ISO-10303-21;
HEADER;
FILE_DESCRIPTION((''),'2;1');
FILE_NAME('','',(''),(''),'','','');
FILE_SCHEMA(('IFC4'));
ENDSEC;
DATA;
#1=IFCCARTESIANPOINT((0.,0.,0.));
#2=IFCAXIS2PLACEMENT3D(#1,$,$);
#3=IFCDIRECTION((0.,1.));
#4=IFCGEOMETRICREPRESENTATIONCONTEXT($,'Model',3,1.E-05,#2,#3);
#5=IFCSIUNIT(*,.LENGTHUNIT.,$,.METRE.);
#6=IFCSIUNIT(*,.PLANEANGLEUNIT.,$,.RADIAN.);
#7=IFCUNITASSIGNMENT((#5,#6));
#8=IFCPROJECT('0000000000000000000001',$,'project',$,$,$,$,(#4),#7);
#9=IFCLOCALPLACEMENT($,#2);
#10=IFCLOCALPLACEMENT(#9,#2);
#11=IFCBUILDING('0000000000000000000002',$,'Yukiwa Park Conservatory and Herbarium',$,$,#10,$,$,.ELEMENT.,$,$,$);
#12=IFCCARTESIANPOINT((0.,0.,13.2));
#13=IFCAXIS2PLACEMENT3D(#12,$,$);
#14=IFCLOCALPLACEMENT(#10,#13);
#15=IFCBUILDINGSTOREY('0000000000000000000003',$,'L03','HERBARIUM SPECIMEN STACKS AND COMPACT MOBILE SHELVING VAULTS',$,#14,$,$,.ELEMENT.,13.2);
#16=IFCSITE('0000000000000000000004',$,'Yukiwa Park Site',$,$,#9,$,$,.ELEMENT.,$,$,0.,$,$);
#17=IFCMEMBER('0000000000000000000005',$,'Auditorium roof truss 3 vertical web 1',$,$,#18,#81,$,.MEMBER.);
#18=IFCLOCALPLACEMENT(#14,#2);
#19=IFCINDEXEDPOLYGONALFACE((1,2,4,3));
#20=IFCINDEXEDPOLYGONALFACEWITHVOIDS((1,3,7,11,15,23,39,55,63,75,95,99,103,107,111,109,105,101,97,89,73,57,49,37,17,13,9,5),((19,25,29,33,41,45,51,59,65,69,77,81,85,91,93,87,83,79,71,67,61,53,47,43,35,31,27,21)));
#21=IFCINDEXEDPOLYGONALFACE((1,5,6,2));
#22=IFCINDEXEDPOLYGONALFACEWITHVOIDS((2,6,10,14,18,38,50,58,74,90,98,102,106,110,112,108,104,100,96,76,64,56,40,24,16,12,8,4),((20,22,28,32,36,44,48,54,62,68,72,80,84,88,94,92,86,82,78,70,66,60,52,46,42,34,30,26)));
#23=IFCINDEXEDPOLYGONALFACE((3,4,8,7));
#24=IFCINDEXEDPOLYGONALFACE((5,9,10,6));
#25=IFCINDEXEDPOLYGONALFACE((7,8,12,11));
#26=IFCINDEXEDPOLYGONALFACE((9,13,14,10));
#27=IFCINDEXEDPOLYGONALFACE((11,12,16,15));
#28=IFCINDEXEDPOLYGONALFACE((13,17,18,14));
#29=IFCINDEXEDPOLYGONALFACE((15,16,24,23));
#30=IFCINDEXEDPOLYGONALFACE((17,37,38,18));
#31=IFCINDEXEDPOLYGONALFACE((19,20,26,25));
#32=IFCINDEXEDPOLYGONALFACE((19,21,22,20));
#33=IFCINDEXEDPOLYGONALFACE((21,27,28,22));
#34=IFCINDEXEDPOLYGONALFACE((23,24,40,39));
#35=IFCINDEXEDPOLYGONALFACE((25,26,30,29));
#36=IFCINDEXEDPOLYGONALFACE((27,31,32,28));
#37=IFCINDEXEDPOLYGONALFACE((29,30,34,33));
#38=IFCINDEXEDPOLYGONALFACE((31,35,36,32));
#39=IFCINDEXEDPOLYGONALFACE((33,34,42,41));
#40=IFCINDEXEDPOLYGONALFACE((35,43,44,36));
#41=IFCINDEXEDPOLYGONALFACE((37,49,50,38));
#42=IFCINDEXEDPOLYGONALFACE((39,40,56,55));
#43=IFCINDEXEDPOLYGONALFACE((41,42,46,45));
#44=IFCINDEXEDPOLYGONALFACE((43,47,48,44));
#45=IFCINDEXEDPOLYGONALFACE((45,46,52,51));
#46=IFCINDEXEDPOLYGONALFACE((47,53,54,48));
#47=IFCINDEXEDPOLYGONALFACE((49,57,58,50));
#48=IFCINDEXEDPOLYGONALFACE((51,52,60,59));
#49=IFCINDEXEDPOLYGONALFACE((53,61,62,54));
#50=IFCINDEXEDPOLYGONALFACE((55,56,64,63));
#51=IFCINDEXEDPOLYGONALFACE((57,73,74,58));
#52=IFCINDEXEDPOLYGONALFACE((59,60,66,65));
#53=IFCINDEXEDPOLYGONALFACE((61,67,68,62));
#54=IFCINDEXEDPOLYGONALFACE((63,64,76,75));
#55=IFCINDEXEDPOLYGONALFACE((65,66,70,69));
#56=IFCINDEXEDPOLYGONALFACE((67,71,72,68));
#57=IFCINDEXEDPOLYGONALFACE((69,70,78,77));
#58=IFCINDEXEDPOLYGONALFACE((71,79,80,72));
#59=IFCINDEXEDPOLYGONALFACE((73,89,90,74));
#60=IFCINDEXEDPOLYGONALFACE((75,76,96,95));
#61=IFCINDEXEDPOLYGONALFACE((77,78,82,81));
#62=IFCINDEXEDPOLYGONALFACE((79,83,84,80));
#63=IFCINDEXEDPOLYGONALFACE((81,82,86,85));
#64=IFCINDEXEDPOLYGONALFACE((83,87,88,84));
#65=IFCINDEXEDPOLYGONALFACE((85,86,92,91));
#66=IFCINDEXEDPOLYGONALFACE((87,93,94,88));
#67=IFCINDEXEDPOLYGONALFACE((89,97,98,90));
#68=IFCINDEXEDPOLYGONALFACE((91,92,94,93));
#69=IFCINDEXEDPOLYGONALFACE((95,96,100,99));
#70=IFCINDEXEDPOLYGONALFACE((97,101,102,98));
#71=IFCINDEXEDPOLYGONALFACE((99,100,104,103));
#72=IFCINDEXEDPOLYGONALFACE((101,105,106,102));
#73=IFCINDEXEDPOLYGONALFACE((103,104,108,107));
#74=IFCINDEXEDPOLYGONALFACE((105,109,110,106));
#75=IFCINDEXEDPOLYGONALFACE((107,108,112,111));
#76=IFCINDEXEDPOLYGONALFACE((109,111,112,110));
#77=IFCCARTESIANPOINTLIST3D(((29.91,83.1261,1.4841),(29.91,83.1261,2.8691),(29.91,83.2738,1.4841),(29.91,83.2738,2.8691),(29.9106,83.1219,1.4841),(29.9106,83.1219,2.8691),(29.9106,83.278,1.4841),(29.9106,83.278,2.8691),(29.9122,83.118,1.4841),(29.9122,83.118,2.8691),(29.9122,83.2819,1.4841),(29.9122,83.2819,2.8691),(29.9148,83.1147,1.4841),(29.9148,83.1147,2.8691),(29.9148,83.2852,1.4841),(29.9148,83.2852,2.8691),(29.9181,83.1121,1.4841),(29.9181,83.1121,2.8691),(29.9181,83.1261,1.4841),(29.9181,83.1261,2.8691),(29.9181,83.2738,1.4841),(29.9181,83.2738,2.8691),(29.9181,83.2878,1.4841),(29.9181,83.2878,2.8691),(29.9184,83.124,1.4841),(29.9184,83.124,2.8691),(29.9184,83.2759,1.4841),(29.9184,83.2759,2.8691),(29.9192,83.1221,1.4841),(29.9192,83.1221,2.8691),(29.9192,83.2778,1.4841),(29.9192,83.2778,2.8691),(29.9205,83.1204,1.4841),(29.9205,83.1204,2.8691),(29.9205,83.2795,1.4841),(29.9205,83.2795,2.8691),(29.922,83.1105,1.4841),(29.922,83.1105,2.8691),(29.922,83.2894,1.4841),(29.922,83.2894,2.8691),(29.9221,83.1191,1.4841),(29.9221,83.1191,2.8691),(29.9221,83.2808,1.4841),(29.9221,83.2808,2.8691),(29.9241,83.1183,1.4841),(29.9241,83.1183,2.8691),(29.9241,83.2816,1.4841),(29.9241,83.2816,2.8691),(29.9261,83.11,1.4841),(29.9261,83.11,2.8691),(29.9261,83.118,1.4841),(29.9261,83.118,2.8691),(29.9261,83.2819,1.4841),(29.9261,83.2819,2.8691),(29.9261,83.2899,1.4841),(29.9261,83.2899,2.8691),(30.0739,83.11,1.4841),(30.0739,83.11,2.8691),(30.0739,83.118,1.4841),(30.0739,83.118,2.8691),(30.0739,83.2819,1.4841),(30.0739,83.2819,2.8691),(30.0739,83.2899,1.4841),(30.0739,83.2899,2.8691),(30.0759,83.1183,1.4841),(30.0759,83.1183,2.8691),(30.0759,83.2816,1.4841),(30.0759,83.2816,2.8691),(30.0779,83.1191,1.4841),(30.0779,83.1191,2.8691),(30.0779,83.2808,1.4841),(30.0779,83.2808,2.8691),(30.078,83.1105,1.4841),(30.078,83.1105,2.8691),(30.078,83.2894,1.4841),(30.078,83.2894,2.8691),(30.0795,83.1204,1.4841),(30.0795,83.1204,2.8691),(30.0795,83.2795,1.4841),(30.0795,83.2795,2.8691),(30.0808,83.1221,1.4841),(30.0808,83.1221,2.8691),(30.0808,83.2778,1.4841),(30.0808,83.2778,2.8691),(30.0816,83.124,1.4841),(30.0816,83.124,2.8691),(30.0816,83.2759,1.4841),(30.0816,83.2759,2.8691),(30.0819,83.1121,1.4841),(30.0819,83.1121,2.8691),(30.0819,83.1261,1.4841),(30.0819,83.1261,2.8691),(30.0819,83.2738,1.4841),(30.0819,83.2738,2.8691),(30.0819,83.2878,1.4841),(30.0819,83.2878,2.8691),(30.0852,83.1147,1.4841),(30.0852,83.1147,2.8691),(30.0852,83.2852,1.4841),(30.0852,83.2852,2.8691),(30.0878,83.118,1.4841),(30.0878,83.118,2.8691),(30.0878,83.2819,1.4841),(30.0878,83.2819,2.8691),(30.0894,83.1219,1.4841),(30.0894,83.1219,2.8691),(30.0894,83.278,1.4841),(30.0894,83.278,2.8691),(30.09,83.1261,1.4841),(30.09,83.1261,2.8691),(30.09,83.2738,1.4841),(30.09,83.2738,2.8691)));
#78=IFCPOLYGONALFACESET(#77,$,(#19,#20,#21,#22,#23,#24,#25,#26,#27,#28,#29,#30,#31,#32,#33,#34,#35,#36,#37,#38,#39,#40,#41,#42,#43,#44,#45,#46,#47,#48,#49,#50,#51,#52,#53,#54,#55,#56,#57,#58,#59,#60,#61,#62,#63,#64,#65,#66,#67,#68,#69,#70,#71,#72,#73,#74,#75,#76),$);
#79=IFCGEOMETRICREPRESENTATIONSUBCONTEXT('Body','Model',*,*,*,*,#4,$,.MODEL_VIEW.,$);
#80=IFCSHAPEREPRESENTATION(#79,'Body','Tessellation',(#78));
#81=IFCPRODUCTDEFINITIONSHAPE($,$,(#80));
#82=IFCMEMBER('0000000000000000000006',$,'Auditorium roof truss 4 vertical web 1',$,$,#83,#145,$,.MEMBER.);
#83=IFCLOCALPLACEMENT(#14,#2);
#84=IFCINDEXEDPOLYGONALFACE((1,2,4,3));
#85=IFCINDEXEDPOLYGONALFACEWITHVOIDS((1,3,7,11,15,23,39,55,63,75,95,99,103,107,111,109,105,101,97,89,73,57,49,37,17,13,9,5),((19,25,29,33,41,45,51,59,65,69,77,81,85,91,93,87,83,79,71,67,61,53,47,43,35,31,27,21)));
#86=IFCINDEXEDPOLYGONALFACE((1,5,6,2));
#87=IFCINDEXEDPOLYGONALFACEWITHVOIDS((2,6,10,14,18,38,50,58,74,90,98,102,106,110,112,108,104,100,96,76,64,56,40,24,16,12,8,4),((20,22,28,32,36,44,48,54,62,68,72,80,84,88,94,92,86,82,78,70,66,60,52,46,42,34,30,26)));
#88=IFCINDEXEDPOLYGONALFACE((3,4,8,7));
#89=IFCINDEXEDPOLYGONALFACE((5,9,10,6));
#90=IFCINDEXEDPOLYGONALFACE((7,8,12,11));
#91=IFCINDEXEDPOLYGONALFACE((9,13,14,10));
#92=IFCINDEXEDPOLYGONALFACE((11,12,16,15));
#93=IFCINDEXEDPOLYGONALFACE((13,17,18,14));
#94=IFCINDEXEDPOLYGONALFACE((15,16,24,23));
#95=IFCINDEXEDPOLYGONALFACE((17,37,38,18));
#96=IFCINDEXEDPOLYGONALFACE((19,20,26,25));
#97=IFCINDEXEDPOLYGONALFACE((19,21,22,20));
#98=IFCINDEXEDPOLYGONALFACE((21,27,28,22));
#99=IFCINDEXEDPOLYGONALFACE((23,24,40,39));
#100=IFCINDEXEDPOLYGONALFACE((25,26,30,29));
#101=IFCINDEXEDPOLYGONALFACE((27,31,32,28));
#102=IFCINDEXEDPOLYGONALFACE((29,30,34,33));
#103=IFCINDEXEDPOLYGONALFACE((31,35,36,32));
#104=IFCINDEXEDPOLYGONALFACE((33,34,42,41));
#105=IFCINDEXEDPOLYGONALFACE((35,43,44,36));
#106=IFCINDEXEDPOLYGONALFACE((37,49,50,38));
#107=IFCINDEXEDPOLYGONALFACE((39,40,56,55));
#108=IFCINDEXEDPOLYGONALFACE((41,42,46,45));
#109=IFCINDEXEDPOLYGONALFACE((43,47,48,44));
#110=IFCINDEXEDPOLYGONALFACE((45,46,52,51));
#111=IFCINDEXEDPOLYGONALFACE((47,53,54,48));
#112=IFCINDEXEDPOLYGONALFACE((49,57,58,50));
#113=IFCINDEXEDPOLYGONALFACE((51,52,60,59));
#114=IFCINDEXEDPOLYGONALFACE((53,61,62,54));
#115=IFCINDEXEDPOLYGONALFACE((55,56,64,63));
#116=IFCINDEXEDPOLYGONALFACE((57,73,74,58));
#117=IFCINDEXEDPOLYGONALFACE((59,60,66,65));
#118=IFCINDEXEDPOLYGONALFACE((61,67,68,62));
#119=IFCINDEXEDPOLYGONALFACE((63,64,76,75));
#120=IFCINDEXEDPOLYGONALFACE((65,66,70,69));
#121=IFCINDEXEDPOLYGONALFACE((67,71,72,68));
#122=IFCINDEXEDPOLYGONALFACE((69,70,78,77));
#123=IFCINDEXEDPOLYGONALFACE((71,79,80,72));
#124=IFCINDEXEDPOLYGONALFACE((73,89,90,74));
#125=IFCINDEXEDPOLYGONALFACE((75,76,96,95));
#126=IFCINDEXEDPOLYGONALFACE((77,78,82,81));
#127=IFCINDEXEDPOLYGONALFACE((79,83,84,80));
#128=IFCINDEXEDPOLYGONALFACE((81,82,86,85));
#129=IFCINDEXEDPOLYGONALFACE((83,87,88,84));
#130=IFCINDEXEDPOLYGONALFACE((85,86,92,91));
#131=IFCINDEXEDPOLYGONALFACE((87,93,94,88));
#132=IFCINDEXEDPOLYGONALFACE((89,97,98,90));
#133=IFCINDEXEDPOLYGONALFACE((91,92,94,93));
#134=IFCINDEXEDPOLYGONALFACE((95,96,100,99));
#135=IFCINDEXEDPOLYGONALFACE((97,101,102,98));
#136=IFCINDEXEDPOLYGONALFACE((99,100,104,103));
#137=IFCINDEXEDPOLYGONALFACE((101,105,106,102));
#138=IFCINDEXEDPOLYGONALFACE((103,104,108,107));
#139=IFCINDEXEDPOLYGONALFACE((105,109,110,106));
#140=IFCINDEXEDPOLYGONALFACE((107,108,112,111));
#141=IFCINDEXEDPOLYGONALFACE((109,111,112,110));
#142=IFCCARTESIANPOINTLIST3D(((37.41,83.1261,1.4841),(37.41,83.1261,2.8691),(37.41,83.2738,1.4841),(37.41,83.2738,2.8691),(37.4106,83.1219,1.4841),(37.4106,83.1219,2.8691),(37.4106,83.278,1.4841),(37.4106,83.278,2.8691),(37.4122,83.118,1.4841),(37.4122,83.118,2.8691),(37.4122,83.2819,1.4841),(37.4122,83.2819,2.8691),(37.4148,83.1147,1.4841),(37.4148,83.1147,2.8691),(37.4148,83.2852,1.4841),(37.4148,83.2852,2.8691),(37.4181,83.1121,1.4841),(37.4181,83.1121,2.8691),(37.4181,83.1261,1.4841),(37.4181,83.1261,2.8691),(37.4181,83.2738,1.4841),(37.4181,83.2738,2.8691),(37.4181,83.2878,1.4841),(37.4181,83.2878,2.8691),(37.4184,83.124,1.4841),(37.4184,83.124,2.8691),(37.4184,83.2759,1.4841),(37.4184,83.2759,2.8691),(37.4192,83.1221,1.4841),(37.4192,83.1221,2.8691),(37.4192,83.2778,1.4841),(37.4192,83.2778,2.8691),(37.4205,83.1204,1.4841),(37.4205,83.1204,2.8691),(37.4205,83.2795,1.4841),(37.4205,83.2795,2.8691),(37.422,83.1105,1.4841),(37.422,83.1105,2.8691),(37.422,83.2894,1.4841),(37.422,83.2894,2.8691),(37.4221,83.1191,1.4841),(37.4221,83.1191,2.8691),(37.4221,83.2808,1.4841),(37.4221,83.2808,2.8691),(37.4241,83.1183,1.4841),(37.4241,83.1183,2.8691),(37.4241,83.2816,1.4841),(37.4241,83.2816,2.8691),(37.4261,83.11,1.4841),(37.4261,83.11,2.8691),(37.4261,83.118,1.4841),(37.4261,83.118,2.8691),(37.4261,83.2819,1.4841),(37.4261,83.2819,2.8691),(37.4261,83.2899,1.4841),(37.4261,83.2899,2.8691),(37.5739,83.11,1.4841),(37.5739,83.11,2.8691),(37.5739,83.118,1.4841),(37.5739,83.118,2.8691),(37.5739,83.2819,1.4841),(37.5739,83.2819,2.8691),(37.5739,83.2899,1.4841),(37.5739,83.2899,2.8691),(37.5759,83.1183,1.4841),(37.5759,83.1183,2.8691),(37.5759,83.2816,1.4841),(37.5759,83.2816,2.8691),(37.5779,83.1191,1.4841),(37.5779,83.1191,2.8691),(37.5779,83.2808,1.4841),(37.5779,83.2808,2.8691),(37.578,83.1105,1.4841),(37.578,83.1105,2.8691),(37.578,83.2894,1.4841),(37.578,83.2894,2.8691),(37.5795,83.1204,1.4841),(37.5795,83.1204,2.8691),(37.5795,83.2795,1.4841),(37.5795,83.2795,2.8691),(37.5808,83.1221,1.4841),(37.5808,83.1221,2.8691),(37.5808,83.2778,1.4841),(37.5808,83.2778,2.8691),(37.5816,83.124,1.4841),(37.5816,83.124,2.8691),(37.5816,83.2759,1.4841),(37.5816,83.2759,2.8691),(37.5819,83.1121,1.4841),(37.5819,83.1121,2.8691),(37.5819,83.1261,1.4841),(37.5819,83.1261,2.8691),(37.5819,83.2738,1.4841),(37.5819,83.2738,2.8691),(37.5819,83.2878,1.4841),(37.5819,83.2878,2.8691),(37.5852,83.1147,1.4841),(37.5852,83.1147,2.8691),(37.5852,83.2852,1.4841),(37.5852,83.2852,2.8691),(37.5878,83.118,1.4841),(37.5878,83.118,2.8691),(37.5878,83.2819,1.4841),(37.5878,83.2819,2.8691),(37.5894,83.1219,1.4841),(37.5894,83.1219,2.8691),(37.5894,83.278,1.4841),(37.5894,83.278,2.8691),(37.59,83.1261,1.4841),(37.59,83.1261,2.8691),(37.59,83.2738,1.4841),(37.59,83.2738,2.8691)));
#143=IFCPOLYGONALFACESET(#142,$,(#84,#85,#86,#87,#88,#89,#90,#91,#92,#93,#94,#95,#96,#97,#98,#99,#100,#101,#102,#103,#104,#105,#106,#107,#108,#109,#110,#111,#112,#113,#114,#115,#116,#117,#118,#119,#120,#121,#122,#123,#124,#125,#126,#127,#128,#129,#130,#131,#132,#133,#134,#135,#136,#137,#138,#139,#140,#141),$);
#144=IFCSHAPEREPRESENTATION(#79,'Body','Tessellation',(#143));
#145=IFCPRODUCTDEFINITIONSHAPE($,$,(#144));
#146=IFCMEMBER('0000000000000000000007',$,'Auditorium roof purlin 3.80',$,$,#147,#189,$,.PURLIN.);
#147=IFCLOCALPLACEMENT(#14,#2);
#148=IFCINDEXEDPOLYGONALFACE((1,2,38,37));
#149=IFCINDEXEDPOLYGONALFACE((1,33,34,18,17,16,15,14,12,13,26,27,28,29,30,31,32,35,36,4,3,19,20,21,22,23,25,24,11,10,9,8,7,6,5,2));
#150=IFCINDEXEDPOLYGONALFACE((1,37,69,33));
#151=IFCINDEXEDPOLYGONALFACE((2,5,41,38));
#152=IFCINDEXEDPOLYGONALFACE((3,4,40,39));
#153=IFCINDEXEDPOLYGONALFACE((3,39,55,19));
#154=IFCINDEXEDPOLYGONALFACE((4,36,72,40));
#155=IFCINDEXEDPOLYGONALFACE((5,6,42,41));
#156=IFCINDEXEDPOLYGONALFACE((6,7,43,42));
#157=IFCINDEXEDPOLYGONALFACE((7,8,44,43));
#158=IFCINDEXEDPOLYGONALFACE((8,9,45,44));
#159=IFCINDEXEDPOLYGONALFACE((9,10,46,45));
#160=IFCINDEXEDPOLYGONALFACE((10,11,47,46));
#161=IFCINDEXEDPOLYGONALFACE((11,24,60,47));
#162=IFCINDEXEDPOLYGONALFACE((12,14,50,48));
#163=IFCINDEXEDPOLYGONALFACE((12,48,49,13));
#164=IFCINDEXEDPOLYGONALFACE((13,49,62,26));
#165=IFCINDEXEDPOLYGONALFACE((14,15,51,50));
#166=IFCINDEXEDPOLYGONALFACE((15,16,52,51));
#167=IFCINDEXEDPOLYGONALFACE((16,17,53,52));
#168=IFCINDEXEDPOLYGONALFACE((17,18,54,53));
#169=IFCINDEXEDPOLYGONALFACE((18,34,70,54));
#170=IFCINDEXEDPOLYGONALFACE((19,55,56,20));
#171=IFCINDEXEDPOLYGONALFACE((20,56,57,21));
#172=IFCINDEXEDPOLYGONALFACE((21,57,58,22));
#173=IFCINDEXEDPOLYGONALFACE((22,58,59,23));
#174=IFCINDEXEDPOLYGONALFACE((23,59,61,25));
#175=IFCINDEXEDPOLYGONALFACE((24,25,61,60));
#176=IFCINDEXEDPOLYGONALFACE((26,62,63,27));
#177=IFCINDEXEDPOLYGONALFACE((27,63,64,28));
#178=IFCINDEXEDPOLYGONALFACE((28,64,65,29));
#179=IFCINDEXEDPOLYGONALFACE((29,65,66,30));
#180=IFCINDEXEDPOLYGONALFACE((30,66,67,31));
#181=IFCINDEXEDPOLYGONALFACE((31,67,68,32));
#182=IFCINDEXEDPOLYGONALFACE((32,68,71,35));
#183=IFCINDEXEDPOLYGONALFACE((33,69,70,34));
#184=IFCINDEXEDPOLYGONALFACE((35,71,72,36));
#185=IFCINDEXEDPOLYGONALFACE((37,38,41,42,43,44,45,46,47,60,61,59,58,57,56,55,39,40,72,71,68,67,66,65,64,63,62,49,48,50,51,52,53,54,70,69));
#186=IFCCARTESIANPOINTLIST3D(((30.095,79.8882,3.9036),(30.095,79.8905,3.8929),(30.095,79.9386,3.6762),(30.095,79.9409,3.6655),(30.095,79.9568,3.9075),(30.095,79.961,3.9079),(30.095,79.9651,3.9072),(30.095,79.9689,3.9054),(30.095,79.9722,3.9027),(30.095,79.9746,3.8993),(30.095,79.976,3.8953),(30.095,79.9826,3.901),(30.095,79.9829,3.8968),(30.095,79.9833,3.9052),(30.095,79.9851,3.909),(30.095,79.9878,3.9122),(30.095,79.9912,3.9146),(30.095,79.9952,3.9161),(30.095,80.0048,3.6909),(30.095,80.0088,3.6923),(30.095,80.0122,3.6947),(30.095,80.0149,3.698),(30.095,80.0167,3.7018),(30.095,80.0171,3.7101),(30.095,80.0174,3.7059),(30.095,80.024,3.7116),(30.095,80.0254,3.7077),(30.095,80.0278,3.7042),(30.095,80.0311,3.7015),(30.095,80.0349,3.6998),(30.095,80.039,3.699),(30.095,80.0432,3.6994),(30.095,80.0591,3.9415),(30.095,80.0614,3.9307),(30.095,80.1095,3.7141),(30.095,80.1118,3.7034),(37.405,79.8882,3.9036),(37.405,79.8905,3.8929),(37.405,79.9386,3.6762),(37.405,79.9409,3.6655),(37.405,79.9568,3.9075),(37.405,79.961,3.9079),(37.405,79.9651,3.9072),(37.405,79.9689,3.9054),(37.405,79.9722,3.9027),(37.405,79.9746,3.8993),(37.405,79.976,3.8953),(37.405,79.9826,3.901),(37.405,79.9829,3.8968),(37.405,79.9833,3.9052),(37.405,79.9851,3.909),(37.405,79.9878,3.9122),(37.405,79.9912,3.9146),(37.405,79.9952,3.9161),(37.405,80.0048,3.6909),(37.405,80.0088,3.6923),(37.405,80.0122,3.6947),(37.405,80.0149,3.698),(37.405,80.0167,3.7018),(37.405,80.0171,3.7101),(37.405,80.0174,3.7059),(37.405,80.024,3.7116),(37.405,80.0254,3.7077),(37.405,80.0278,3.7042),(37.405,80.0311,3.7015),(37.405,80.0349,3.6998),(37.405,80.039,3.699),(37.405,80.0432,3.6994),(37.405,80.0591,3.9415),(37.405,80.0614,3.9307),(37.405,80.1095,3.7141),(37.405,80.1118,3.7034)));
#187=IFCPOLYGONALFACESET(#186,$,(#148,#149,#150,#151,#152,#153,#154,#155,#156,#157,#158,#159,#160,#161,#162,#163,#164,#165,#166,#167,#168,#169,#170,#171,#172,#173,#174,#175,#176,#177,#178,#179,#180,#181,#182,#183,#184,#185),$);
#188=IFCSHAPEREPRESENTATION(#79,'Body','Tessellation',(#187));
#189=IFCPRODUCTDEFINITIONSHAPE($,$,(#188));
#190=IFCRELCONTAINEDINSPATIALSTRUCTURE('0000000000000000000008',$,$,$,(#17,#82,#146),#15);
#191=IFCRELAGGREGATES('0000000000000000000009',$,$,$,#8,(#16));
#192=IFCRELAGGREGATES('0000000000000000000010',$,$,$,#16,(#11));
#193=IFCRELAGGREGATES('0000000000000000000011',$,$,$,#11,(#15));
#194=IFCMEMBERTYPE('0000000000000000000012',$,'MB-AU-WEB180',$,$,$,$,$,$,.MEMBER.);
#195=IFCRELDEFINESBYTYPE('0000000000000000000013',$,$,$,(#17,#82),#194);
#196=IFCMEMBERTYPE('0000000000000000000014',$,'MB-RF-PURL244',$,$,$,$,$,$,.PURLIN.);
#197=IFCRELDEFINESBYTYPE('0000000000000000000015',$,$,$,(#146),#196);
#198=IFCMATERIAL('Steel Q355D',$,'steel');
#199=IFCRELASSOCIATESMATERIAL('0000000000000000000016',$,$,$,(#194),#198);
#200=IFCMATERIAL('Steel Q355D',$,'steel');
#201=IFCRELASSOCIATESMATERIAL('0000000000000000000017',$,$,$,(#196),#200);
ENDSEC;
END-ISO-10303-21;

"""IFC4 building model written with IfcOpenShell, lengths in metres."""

from ifc_helpers import new_model, si_unit, direction, frame, origin, origin_2d, place, context, subcontext, project, spatial, hollow_rectangle, i_section, extrude, material, material_profile, profile_set, type_object, element, save


model = new_model("IFC4")

# Units and contexts
model_context = context("Model", 3, precision=1e-05, world=origin(), true_north=direction((0.0, 1.0)))
body_context = subcontext(model_context, "Body", "Model", "MODEL_VIEW")
ifc_project = project(units=[si_unit("LENGTHUNIT", "METRE"), si_unit("PLANEANGLEUNIT", "RADIAN")], contexts=[model_context])

# Site, building, storey
site_placement = place(None, origin())
site = spatial("IfcSite", under=ifc_project, at=site_placement, Name="Yukiwa Park Site", CompositionType="ELEMENT", RefElevation=0.0)
building_placement = place(site_placement, origin())
building = spatial("IfcBuilding", under=site, at=building_placement, Name="Yukiwa Park Conservatory and Herbarium", CompositionType="ELEMENT")
storey_placement = place(building_placement, frame((0.0, 0.0, 13.2)))
storey = spatial("IfcBuildingStorey", under=building, at=storey_placement, Name="L03", Description="HERBARIUM SPECIMEN STACKS AND COMPACT MOBILE SHELVING VAULTS", CompositionType="ELEMENT", Elevation=13.2)

# Members
ifc_material_1 = material(Name="Steel Q355D", Category="steel")
ifc_material_profile_1 = material_profile(ifc_material_1, hollow_rectangle(XDim=0.1799, YDim=0.1799, WallThickness=0.0081, InnerFilletRadius=0.0081, OuterFilletRadius=0.0161, at=origin_2d()), Name="SHS 180x180x8")
ifc_profile_set_1 = profile_set([ifc_material_profile_1], Name="Steel Q355D")
member_type_1 = type_object("IfcMemberType", Name="MB-AU-WEB180", PredefinedType="MEMBER", material=ifc_profile_set_1)
for number, where, z_axis, x_axis, name in (
    (1, (30.0, 83.2, 1.4841), (0.0, 0.0, 1.0), (1.0, 0.0, 0.0), "Auditorium roof truss 3 vertical web 1"),
    (2, (37.5, 83.2, 1.4841), (0.0, 0.0, 1.0), (1.0, 0.0, 0.0), "Auditorium roof truss 4 vertical web 1"),
):
    element("IfcMember", number, at=place(storey_placement, frame(where, z_axis=z_axis, x_axis=x_axis)), inside=storey, type_object=member_type_1, Name=name, PredefinedType="MEMBER", context=body_context, shape_type="SweptSolid", body=[
        extrude(hollow_rectangle(XDim=0.1799, YDim=0.1799, WallThickness=0.0081, InnerFilletRadius=0.0081, OuterFilletRadius=0.0161, at=origin_2d()), origin(), (0.0, 0.0, 1.0), 1.385),
    ])
ifc_material_2 = material(Name="Steel Q355D", Category="steel")
ifc_material_profile_2 = material_profile(ifc_material_2, i_section(OverallWidth=0.175, OverallDepth=0.2439, WebThickness=0.0071, FlangeThickness=0.011, FilletRadius=0.0161, at=origin_2d()), Name="HM 244x175x7x11")
ifc_profile_set_2 = profile_set([ifc_material_profile_2], Name="Steel Q355D")
member_type_2 = type_object("IfcMemberType", Name="MB-RF-PURL244", PredefinedType="PURLIN", material=ifc_profile_set_2)
for number, where, z_axis, x_axis, name in (
    (3, (30.095, 80.0, 3.8035), (1.0, 0.0, 0.0), (0.0, 0.976296, 0.21644), "Auditorium roof purlin 3.80"),
):
    element("IfcMember", number, at=place(storey_placement, frame(where, z_axis=z_axis, x_axis=x_axis)), inside=storey, type_object=member_type_2, Name=name, PredefinedType="PURLIN", context=body_context, shape_type="SweptSolid", body=[
        extrude(i_section(OverallWidth=0.175, OverallDepth=0.2439, WebThickness=0.0071, FlangeThickness=0.011, FilletRadius=0.0161, at=origin_2d()), origin(), (0.0, 0.0, 1.0), 7.3101),
    ])

save(model, "model.ifc")
